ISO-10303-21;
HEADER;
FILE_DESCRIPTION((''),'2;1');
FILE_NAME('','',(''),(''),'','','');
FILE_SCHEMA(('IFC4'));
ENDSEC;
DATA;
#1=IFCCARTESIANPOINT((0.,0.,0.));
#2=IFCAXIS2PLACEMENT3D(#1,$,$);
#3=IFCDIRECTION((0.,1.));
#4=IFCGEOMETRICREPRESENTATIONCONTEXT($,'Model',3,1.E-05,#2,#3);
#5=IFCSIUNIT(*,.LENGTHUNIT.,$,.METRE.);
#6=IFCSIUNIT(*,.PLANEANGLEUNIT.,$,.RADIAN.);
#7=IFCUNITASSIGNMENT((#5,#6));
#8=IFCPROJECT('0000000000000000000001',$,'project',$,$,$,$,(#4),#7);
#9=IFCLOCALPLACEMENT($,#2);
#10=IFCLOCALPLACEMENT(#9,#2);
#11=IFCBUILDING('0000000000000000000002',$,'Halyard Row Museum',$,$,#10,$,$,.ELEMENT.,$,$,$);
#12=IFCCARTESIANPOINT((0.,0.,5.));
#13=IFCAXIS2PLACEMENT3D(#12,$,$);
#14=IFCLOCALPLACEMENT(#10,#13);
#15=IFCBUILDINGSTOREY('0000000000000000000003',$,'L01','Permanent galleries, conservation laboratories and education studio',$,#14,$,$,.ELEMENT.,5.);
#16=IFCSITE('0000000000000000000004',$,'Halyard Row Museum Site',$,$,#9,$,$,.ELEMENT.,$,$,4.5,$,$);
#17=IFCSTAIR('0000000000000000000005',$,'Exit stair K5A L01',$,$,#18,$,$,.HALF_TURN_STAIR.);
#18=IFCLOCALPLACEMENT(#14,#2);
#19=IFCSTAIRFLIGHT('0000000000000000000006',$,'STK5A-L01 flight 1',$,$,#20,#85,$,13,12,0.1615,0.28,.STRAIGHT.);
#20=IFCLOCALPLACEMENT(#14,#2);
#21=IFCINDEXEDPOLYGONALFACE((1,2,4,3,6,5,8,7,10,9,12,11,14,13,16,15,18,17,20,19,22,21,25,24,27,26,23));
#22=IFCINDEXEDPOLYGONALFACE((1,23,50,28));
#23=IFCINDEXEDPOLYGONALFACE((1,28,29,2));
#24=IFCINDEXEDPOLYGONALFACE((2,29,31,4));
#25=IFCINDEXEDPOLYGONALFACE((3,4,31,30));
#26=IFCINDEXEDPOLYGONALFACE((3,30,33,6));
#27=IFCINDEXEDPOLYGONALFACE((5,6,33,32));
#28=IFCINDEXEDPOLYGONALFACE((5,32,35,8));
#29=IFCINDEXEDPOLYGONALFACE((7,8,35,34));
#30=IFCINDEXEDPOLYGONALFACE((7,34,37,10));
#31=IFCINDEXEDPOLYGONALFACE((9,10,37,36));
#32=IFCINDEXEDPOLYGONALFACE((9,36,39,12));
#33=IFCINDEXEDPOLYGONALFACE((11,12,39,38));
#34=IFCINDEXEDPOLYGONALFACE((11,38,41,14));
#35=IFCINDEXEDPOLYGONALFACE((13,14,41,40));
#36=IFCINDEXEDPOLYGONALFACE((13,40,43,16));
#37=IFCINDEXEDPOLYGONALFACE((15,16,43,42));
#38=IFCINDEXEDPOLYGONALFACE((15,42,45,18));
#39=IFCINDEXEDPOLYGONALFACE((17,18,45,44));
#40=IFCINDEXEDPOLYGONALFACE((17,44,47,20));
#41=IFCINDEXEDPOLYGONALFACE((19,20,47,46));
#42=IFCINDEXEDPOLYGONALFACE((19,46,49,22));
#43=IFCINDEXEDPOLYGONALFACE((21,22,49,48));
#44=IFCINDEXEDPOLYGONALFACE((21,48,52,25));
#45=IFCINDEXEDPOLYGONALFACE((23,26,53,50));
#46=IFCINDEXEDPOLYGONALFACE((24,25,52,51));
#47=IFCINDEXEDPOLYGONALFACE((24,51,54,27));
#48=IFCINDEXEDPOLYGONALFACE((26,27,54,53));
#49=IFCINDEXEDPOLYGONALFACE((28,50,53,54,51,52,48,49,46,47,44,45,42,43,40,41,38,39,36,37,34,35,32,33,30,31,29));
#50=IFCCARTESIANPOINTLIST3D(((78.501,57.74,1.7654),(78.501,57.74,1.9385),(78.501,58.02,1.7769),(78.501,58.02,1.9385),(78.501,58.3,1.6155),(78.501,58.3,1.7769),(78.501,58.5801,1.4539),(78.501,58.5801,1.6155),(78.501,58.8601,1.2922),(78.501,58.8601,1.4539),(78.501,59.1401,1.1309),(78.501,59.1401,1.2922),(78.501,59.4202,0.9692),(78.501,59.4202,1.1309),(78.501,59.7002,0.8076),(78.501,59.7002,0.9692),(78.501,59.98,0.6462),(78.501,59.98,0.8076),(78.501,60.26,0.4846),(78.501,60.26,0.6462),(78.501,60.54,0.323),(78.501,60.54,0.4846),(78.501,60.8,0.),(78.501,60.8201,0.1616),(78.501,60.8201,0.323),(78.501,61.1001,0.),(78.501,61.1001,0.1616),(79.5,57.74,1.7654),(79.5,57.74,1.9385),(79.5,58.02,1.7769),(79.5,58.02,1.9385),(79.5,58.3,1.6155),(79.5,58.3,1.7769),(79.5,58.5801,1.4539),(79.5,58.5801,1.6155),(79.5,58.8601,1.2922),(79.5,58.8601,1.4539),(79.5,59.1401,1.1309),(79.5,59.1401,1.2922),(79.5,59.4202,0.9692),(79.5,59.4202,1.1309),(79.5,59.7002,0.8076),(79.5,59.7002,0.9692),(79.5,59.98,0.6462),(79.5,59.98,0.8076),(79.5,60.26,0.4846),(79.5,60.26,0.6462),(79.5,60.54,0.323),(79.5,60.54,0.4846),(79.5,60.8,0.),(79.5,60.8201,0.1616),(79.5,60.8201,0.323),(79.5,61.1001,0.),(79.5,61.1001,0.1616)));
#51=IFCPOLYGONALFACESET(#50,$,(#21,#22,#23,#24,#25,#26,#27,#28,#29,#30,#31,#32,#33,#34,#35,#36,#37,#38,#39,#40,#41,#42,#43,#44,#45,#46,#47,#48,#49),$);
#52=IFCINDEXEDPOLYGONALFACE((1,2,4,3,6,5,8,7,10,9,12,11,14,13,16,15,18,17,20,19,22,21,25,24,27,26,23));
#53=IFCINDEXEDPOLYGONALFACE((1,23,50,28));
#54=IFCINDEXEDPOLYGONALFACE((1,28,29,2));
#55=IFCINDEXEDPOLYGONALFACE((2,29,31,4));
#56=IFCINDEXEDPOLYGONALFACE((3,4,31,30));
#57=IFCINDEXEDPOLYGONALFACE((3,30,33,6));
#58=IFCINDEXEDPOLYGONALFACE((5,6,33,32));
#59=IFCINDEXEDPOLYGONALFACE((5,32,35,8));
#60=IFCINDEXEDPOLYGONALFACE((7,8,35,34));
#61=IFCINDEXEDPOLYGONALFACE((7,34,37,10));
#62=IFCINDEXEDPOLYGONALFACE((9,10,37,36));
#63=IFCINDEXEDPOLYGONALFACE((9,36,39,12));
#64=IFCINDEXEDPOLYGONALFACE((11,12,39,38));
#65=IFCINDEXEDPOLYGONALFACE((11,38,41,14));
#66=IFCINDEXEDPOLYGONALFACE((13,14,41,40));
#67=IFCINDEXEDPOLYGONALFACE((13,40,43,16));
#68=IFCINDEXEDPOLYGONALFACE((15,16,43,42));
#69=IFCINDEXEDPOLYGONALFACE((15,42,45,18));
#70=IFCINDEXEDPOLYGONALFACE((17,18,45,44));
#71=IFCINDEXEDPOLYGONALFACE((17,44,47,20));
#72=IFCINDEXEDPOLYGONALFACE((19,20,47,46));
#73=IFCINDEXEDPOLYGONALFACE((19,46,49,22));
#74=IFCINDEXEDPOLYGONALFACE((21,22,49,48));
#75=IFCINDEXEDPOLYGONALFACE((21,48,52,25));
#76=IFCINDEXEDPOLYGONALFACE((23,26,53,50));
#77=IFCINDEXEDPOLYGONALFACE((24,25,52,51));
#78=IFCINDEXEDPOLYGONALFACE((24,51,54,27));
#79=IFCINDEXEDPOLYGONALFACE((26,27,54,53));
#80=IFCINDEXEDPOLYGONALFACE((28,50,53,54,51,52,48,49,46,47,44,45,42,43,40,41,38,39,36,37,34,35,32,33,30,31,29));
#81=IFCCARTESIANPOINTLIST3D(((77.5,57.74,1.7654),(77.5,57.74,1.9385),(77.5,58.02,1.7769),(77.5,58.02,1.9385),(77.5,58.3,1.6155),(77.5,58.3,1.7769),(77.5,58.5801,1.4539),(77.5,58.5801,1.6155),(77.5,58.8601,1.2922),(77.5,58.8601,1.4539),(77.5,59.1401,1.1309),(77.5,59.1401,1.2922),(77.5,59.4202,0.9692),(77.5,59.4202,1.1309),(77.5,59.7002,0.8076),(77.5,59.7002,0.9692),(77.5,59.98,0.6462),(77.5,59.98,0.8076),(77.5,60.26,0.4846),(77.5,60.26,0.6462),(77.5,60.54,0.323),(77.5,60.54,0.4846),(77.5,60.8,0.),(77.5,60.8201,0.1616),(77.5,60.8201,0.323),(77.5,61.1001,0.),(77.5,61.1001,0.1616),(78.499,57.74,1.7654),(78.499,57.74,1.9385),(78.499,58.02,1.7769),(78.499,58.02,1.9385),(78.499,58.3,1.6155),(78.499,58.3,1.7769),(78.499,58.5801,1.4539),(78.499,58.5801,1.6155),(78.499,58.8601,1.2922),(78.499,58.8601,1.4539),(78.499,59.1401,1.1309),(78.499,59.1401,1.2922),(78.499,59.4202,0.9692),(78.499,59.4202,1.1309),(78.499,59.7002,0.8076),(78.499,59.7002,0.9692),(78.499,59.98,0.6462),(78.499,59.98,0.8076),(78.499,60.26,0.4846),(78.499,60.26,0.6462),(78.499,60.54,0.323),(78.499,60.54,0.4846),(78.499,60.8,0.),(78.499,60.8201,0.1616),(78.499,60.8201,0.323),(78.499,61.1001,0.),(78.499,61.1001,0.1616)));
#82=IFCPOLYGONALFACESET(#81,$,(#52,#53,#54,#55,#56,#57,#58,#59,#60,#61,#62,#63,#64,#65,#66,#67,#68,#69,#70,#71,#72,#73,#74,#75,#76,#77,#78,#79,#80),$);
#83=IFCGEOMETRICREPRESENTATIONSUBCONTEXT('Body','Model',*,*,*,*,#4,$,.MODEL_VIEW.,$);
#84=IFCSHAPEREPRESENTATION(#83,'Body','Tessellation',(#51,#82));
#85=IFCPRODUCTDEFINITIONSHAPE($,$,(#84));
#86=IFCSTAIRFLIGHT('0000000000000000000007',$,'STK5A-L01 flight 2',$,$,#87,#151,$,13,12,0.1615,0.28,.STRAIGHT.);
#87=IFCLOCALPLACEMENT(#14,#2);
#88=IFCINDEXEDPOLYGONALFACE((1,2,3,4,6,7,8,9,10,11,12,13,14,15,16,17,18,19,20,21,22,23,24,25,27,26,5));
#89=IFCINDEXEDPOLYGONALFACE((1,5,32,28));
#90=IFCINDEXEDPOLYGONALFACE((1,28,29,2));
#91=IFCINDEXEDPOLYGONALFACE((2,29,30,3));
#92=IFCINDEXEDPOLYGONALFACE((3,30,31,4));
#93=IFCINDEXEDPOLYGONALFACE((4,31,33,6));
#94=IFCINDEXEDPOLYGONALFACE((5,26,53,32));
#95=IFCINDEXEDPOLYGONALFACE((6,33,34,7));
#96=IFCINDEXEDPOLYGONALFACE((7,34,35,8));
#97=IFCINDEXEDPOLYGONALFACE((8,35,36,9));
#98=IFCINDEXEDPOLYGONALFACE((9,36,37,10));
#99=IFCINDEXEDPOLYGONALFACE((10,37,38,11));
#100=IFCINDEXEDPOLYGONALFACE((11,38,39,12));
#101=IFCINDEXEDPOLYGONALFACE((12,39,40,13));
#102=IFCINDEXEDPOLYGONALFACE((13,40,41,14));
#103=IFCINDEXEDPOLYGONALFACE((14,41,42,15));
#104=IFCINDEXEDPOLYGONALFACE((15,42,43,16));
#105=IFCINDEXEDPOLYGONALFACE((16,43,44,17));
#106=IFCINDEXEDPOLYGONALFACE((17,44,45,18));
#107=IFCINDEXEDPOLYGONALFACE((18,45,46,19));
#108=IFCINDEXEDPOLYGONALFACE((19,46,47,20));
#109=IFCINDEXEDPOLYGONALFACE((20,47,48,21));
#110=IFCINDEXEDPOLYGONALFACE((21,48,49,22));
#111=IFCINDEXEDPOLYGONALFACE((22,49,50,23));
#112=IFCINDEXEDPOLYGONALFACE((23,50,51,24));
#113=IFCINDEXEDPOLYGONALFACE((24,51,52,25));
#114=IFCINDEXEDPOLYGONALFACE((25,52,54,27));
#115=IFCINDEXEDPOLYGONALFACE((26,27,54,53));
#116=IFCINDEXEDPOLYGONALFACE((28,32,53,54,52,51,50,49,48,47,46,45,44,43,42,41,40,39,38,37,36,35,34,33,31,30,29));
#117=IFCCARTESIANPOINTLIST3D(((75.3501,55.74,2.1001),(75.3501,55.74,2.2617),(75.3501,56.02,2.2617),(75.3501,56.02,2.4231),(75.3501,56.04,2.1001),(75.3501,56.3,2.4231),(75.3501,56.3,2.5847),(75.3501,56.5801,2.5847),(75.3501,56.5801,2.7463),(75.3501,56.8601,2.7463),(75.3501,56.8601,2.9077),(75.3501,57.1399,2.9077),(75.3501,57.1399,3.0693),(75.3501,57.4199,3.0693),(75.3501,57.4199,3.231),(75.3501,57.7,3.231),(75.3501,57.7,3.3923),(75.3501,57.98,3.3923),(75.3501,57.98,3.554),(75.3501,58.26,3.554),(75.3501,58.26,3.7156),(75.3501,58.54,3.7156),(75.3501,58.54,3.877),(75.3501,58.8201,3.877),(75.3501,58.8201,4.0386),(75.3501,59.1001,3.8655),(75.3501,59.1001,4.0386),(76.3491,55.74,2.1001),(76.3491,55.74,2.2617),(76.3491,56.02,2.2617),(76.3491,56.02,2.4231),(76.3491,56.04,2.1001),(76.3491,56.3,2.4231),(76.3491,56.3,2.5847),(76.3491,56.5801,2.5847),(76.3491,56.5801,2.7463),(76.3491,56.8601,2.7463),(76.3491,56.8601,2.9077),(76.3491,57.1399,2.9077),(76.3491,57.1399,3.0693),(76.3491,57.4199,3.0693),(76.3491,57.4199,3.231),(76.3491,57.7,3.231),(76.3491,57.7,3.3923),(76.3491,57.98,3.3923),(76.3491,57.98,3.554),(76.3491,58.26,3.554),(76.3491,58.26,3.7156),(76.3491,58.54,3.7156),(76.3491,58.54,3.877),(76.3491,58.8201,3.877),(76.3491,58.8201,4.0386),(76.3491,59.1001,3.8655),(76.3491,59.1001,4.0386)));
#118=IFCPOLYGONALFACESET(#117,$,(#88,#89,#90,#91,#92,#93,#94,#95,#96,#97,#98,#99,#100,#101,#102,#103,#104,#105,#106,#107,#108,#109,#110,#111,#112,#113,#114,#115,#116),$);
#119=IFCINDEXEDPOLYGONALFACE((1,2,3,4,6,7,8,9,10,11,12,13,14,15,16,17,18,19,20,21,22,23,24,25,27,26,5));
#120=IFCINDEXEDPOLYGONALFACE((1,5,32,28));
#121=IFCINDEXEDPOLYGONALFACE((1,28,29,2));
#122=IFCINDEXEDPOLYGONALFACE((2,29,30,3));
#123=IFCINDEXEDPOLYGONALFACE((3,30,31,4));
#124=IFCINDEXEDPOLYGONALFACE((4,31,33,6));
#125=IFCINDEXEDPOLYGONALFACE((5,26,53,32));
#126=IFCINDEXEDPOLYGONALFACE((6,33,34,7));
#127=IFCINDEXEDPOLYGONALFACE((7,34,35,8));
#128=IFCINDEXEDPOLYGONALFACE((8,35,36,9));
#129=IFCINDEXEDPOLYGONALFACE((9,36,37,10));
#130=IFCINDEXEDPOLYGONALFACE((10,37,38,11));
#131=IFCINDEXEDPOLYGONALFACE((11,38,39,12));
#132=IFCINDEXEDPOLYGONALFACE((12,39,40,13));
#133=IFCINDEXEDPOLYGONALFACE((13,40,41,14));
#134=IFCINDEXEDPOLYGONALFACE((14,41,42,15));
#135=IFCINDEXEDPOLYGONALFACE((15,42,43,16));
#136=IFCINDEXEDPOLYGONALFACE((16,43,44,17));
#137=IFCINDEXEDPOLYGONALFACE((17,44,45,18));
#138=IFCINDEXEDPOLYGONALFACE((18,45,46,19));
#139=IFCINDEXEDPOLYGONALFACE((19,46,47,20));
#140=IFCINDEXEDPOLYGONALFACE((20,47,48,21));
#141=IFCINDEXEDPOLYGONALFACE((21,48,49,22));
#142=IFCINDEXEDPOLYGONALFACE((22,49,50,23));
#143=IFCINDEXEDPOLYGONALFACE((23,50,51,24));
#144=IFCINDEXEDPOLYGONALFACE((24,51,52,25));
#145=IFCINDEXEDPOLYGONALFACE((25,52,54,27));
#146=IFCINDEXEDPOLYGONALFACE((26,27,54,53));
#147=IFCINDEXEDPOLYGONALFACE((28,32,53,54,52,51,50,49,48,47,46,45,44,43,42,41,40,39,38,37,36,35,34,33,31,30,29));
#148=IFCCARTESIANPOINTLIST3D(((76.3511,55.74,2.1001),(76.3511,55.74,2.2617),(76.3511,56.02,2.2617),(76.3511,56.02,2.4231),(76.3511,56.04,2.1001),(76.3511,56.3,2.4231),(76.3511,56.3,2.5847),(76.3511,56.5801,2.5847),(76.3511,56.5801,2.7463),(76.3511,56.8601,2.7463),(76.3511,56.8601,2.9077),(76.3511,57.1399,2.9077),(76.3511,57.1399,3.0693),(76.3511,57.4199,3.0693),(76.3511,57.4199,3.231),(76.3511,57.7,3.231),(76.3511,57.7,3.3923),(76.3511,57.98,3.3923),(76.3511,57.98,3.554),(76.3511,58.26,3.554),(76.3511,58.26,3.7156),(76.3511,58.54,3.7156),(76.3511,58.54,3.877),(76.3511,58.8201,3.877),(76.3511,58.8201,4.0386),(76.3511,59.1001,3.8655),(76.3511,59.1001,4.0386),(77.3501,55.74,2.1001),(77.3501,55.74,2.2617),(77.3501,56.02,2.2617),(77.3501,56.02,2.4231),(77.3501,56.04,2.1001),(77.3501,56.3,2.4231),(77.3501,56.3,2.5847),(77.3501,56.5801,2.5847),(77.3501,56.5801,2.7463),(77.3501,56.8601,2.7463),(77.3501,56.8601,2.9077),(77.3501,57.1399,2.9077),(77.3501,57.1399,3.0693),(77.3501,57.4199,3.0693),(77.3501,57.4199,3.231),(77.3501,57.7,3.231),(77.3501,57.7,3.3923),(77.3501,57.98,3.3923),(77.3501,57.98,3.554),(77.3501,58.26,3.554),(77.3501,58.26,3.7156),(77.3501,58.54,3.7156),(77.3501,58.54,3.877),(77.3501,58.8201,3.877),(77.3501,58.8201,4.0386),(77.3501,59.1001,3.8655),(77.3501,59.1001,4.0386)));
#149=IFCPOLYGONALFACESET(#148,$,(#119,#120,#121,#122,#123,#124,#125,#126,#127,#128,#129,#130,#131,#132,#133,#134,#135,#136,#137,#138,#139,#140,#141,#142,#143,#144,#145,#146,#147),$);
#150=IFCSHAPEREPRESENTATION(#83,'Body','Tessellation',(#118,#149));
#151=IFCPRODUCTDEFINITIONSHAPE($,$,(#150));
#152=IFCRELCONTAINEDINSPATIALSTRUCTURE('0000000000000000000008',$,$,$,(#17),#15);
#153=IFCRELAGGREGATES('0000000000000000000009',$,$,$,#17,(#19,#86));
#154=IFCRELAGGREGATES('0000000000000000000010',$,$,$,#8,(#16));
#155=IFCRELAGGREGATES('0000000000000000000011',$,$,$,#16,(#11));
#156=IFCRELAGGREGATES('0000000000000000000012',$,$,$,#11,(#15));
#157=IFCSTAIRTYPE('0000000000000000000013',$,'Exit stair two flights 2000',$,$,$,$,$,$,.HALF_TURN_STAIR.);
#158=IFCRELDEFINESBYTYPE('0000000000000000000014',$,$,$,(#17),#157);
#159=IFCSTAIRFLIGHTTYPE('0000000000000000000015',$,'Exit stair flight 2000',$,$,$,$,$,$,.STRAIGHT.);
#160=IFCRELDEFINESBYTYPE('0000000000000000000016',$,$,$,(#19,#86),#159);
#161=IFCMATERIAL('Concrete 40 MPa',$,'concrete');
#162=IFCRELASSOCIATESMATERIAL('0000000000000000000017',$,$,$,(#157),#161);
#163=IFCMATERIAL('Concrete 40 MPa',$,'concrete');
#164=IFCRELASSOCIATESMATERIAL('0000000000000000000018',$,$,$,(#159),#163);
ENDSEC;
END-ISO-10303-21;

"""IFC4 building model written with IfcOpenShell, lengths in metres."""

from ifc_helpers import new_model, si_unit, direction, frame, origin, place, context, subcontext, project, spatial, polyline, outline, extrude, material, type_object, element, aggregate, save


model = new_model("IFC4")

# Units and contexts
model_context = context("Model", 3, precision=1e-05, world=origin(), true_north=direction((0.0, 1.0)))
body_context = subcontext(model_context, "Body", "Model", "MODEL_VIEW")
ifc_project = project(units=[si_unit("LENGTHUNIT", "METRE"), si_unit("PLANEANGLEUNIT", "RADIAN")], contexts=[model_context])

# Site, building, storey
site_placement = place(None, origin())
site = spatial("IfcSite", under=ifc_project, at=site_placement, Name="Halyard Row Museum Site", CompositionType="ELEMENT", RefElevation=4.5)
building_placement = place(site_placement, origin())
building = spatial("IfcBuilding", under=site, at=building_placement, Name="Halyard Row Museum", CompositionType="ELEMENT")
storey_placement = place(building_placement, frame((0.0, 0.0, 5.0)))
storey = spatial("IfcBuildingStorey", under=building, at=storey_placement, Name="L01", Description="Permanent galleries, conservation laboratories and education studio", CompositionType="ELEMENT", Elevation=5.0)

# Stair, stair flights
ifc_material_1 = material(Name="Concrete 40 MPa", Category="concrete")
stair_type = type_object("IfcStairType", Name="Exit stair two flights 2000", PredefinedType="HALF_TURN_STAIR", material=ifc_material_1)
stair_placement = place(storey_placement, origin())
stair = element("IfcStair", 1, at=stair_placement, inside=storey, type_object=stair_type, Name="Exit stair K5A L01", PredefinedType="HALF_TURN_STAIR")
ifc_material_2 = material(Name="Concrete 40 MPa", Category="concrete")
stair_flight_type = type_object("IfcStairFlightType", Name="Exit stair flight 2000", PredefinedType="STRAIGHT", material=ifc_material_2)
stair_flight_1_placement = place(storey_placement, frame((78.5, 61.1001, 0.0), z_axis=(0.0, 0.0, 1.0), x_axis=(0.0, -1.0, 0.0)))
stair_flight_1 = element("IfcStairFlight", 2, at=stair_flight_1_placement, type_object=stair_flight_type, Name="STK5A-L01 flight 1", NumberOfRisers=13, NumberOfTreads=12, PredefinedType="STRAIGHT", RiserHeight=0.1615, TreadLength=0.28, context=body_context, shape_type="SweptSolid", body=[
    extrude(outline(polyline([(0.0, 0.0), (0.0, 0.1616), (0.28, 0.1616), (0.28, 0.323), (0.5601, 0.323), (0.5601, 0.4846), (0.8401, 0.4846), (0.8401, 0.6462), (1.1201, 0.6462), (1.1201, 0.8076), (1.3999, 0.8076), (1.3999, 0.9692), (1.6799, 0.9692), (1.6799, 1.1309), (1.96, 1.1309), (1.96, 1.2922), (2.24, 1.2922), (2.24, 1.4539), (2.52, 1.4539), (2.52, 1.6155), (2.8, 1.6155), (2.8, 1.7769), (3.0801, 1.7769), (3.0801, 1.9385), (3.3601, 1.9385), (3.3601, 2.1001), (3.3601, 1.7654), (0.3, 0.0), (0.0, 0.0)])), frame((0.0, 1.0, 0.0), z_axis=(0.0, -1.0, 0.0), x_axis=(1.0, 0.0, 0.0)), (0.0, 0.0, 1.0), 0.999),
    extrude(outline(polyline([(0.0, 0.0), (0.0, 0.1616), (0.28, 0.1616), (0.28, 0.323), (0.5601, 0.323), (0.5601, 0.4846), (0.8401, 0.4846), (0.8401, 0.6462), (1.1201, 0.6462), (1.1201, 0.8076), (1.3999, 0.8076), (1.3999, 0.9692), (1.6799, 0.9692), (1.6799, 1.1309), (1.96, 1.1309), (1.96, 1.2922), (2.24, 1.2922), (2.24, 1.4539), (2.52, 1.4539), (2.52, 1.6155), (2.8, 1.6155), (2.8, 1.7769), (3.0801, 1.7769), (3.0801, 1.9385), (3.3601, 1.9385), (3.3601, 2.1001), (3.3601, 1.7654), (0.3, 0.0), (0.0, 0.0)])), frame((0.0, -0.001, 0.0), z_axis=(0.0, -1.0, 0.0), x_axis=(1.0, 0.0, 0.0)), (0.0, 0.0, 1.0), 0.999),
])
stair_flight_2_placement = place(storey_placement, frame((76.3501, 55.74, 2.1001), z_axis=(0.0, 0.0, 1.0), x_axis=(0.0, 1.0, 0.0)))
stair_flight_2 = element("IfcStairFlight", 3, at=stair_flight_2_placement, type_object=stair_flight_type, Name="STK5A-L01 flight 2", NumberOfRisers=13, NumberOfTreads=12, PredefinedType="STRAIGHT", RiserHeight=0.1615, TreadLength=0.28, context=body_context, shape_type="SweptSolid", body=[
    extrude(outline(polyline([(0.0, 0.0), (0.0, 0.1616), (0.28, 0.1616), (0.28, 0.323), (0.5601, 0.323), (0.5601, 0.4846), (0.8401, 0.4846), (0.8401, 0.6462), (1.1201, 0.6462), (1.1201, 0.8076), (1.3999, 0.8076), (1.3999, 0.9692), (1.6799, 0.9692), (1.6799, 1.1309), (1.96, 1.1309), (1.96, 1.2922), (2.24, 1.2922), (2.24, 1.4539), (2.52, 1.4539), (2.52, 1.6155), (2.8, 1.6155), (2.8, 1.7769), (3.0801, 1.7769), (3.0801, 1.9385), (3.3601, 1.9385), (3.3601, 2.1001), (3.3601, 1.7654), (0.3, 0.0), (0.0, 0.0)])), frame((0.0, 1.0, 0.0), z_axis=(0.0, -1.0, 0.0), x_axis=(1.0, 0.0, 0.0)), (0.0, 0.0, 1.0), 0.999),
    extrude(outline(polyline([(0.0, 0.0), (0.0, 0.1616), (0.28, 0.1616), (0.28, 0.323), (0.5601, 0.323), (0.5601, 0.4846), (0.8401, 0.4846), (0.8401, 0.6462), (1.1201, 0.6462), (1.1201, 0.8076), (1.3999, 0.8076), (1.3999, 0.9692), (1.6799, 0.9692), (1.6799, 1.1309), (1.96, 1.1309), (1.96, 1.2922), (2.24, 1.2922), (2.24, 1.4539), (2.52, 1.4539), (2.52, 1.6155), (2.8, 1.6155), (2.8, 1.7769), (3.0801, 1.7769), (3.0801, 1.9385), (3.3601, 1.9385), (3.3601, 2.1001), (3.3601, 1.7654), (0.3, 0.0), (0.0, 0.0)])), frame((0.0, -0.001, 0.0), z_axis=(0.0, -1.0, 0.0), x_axis=(1.0, 0.0, 0.0)), (0.0, 0.0, 1.0), 0.999),
])
aggregate(stair, [stair_flight_1, stair_flight_2])

save(model, "model.ifc")
